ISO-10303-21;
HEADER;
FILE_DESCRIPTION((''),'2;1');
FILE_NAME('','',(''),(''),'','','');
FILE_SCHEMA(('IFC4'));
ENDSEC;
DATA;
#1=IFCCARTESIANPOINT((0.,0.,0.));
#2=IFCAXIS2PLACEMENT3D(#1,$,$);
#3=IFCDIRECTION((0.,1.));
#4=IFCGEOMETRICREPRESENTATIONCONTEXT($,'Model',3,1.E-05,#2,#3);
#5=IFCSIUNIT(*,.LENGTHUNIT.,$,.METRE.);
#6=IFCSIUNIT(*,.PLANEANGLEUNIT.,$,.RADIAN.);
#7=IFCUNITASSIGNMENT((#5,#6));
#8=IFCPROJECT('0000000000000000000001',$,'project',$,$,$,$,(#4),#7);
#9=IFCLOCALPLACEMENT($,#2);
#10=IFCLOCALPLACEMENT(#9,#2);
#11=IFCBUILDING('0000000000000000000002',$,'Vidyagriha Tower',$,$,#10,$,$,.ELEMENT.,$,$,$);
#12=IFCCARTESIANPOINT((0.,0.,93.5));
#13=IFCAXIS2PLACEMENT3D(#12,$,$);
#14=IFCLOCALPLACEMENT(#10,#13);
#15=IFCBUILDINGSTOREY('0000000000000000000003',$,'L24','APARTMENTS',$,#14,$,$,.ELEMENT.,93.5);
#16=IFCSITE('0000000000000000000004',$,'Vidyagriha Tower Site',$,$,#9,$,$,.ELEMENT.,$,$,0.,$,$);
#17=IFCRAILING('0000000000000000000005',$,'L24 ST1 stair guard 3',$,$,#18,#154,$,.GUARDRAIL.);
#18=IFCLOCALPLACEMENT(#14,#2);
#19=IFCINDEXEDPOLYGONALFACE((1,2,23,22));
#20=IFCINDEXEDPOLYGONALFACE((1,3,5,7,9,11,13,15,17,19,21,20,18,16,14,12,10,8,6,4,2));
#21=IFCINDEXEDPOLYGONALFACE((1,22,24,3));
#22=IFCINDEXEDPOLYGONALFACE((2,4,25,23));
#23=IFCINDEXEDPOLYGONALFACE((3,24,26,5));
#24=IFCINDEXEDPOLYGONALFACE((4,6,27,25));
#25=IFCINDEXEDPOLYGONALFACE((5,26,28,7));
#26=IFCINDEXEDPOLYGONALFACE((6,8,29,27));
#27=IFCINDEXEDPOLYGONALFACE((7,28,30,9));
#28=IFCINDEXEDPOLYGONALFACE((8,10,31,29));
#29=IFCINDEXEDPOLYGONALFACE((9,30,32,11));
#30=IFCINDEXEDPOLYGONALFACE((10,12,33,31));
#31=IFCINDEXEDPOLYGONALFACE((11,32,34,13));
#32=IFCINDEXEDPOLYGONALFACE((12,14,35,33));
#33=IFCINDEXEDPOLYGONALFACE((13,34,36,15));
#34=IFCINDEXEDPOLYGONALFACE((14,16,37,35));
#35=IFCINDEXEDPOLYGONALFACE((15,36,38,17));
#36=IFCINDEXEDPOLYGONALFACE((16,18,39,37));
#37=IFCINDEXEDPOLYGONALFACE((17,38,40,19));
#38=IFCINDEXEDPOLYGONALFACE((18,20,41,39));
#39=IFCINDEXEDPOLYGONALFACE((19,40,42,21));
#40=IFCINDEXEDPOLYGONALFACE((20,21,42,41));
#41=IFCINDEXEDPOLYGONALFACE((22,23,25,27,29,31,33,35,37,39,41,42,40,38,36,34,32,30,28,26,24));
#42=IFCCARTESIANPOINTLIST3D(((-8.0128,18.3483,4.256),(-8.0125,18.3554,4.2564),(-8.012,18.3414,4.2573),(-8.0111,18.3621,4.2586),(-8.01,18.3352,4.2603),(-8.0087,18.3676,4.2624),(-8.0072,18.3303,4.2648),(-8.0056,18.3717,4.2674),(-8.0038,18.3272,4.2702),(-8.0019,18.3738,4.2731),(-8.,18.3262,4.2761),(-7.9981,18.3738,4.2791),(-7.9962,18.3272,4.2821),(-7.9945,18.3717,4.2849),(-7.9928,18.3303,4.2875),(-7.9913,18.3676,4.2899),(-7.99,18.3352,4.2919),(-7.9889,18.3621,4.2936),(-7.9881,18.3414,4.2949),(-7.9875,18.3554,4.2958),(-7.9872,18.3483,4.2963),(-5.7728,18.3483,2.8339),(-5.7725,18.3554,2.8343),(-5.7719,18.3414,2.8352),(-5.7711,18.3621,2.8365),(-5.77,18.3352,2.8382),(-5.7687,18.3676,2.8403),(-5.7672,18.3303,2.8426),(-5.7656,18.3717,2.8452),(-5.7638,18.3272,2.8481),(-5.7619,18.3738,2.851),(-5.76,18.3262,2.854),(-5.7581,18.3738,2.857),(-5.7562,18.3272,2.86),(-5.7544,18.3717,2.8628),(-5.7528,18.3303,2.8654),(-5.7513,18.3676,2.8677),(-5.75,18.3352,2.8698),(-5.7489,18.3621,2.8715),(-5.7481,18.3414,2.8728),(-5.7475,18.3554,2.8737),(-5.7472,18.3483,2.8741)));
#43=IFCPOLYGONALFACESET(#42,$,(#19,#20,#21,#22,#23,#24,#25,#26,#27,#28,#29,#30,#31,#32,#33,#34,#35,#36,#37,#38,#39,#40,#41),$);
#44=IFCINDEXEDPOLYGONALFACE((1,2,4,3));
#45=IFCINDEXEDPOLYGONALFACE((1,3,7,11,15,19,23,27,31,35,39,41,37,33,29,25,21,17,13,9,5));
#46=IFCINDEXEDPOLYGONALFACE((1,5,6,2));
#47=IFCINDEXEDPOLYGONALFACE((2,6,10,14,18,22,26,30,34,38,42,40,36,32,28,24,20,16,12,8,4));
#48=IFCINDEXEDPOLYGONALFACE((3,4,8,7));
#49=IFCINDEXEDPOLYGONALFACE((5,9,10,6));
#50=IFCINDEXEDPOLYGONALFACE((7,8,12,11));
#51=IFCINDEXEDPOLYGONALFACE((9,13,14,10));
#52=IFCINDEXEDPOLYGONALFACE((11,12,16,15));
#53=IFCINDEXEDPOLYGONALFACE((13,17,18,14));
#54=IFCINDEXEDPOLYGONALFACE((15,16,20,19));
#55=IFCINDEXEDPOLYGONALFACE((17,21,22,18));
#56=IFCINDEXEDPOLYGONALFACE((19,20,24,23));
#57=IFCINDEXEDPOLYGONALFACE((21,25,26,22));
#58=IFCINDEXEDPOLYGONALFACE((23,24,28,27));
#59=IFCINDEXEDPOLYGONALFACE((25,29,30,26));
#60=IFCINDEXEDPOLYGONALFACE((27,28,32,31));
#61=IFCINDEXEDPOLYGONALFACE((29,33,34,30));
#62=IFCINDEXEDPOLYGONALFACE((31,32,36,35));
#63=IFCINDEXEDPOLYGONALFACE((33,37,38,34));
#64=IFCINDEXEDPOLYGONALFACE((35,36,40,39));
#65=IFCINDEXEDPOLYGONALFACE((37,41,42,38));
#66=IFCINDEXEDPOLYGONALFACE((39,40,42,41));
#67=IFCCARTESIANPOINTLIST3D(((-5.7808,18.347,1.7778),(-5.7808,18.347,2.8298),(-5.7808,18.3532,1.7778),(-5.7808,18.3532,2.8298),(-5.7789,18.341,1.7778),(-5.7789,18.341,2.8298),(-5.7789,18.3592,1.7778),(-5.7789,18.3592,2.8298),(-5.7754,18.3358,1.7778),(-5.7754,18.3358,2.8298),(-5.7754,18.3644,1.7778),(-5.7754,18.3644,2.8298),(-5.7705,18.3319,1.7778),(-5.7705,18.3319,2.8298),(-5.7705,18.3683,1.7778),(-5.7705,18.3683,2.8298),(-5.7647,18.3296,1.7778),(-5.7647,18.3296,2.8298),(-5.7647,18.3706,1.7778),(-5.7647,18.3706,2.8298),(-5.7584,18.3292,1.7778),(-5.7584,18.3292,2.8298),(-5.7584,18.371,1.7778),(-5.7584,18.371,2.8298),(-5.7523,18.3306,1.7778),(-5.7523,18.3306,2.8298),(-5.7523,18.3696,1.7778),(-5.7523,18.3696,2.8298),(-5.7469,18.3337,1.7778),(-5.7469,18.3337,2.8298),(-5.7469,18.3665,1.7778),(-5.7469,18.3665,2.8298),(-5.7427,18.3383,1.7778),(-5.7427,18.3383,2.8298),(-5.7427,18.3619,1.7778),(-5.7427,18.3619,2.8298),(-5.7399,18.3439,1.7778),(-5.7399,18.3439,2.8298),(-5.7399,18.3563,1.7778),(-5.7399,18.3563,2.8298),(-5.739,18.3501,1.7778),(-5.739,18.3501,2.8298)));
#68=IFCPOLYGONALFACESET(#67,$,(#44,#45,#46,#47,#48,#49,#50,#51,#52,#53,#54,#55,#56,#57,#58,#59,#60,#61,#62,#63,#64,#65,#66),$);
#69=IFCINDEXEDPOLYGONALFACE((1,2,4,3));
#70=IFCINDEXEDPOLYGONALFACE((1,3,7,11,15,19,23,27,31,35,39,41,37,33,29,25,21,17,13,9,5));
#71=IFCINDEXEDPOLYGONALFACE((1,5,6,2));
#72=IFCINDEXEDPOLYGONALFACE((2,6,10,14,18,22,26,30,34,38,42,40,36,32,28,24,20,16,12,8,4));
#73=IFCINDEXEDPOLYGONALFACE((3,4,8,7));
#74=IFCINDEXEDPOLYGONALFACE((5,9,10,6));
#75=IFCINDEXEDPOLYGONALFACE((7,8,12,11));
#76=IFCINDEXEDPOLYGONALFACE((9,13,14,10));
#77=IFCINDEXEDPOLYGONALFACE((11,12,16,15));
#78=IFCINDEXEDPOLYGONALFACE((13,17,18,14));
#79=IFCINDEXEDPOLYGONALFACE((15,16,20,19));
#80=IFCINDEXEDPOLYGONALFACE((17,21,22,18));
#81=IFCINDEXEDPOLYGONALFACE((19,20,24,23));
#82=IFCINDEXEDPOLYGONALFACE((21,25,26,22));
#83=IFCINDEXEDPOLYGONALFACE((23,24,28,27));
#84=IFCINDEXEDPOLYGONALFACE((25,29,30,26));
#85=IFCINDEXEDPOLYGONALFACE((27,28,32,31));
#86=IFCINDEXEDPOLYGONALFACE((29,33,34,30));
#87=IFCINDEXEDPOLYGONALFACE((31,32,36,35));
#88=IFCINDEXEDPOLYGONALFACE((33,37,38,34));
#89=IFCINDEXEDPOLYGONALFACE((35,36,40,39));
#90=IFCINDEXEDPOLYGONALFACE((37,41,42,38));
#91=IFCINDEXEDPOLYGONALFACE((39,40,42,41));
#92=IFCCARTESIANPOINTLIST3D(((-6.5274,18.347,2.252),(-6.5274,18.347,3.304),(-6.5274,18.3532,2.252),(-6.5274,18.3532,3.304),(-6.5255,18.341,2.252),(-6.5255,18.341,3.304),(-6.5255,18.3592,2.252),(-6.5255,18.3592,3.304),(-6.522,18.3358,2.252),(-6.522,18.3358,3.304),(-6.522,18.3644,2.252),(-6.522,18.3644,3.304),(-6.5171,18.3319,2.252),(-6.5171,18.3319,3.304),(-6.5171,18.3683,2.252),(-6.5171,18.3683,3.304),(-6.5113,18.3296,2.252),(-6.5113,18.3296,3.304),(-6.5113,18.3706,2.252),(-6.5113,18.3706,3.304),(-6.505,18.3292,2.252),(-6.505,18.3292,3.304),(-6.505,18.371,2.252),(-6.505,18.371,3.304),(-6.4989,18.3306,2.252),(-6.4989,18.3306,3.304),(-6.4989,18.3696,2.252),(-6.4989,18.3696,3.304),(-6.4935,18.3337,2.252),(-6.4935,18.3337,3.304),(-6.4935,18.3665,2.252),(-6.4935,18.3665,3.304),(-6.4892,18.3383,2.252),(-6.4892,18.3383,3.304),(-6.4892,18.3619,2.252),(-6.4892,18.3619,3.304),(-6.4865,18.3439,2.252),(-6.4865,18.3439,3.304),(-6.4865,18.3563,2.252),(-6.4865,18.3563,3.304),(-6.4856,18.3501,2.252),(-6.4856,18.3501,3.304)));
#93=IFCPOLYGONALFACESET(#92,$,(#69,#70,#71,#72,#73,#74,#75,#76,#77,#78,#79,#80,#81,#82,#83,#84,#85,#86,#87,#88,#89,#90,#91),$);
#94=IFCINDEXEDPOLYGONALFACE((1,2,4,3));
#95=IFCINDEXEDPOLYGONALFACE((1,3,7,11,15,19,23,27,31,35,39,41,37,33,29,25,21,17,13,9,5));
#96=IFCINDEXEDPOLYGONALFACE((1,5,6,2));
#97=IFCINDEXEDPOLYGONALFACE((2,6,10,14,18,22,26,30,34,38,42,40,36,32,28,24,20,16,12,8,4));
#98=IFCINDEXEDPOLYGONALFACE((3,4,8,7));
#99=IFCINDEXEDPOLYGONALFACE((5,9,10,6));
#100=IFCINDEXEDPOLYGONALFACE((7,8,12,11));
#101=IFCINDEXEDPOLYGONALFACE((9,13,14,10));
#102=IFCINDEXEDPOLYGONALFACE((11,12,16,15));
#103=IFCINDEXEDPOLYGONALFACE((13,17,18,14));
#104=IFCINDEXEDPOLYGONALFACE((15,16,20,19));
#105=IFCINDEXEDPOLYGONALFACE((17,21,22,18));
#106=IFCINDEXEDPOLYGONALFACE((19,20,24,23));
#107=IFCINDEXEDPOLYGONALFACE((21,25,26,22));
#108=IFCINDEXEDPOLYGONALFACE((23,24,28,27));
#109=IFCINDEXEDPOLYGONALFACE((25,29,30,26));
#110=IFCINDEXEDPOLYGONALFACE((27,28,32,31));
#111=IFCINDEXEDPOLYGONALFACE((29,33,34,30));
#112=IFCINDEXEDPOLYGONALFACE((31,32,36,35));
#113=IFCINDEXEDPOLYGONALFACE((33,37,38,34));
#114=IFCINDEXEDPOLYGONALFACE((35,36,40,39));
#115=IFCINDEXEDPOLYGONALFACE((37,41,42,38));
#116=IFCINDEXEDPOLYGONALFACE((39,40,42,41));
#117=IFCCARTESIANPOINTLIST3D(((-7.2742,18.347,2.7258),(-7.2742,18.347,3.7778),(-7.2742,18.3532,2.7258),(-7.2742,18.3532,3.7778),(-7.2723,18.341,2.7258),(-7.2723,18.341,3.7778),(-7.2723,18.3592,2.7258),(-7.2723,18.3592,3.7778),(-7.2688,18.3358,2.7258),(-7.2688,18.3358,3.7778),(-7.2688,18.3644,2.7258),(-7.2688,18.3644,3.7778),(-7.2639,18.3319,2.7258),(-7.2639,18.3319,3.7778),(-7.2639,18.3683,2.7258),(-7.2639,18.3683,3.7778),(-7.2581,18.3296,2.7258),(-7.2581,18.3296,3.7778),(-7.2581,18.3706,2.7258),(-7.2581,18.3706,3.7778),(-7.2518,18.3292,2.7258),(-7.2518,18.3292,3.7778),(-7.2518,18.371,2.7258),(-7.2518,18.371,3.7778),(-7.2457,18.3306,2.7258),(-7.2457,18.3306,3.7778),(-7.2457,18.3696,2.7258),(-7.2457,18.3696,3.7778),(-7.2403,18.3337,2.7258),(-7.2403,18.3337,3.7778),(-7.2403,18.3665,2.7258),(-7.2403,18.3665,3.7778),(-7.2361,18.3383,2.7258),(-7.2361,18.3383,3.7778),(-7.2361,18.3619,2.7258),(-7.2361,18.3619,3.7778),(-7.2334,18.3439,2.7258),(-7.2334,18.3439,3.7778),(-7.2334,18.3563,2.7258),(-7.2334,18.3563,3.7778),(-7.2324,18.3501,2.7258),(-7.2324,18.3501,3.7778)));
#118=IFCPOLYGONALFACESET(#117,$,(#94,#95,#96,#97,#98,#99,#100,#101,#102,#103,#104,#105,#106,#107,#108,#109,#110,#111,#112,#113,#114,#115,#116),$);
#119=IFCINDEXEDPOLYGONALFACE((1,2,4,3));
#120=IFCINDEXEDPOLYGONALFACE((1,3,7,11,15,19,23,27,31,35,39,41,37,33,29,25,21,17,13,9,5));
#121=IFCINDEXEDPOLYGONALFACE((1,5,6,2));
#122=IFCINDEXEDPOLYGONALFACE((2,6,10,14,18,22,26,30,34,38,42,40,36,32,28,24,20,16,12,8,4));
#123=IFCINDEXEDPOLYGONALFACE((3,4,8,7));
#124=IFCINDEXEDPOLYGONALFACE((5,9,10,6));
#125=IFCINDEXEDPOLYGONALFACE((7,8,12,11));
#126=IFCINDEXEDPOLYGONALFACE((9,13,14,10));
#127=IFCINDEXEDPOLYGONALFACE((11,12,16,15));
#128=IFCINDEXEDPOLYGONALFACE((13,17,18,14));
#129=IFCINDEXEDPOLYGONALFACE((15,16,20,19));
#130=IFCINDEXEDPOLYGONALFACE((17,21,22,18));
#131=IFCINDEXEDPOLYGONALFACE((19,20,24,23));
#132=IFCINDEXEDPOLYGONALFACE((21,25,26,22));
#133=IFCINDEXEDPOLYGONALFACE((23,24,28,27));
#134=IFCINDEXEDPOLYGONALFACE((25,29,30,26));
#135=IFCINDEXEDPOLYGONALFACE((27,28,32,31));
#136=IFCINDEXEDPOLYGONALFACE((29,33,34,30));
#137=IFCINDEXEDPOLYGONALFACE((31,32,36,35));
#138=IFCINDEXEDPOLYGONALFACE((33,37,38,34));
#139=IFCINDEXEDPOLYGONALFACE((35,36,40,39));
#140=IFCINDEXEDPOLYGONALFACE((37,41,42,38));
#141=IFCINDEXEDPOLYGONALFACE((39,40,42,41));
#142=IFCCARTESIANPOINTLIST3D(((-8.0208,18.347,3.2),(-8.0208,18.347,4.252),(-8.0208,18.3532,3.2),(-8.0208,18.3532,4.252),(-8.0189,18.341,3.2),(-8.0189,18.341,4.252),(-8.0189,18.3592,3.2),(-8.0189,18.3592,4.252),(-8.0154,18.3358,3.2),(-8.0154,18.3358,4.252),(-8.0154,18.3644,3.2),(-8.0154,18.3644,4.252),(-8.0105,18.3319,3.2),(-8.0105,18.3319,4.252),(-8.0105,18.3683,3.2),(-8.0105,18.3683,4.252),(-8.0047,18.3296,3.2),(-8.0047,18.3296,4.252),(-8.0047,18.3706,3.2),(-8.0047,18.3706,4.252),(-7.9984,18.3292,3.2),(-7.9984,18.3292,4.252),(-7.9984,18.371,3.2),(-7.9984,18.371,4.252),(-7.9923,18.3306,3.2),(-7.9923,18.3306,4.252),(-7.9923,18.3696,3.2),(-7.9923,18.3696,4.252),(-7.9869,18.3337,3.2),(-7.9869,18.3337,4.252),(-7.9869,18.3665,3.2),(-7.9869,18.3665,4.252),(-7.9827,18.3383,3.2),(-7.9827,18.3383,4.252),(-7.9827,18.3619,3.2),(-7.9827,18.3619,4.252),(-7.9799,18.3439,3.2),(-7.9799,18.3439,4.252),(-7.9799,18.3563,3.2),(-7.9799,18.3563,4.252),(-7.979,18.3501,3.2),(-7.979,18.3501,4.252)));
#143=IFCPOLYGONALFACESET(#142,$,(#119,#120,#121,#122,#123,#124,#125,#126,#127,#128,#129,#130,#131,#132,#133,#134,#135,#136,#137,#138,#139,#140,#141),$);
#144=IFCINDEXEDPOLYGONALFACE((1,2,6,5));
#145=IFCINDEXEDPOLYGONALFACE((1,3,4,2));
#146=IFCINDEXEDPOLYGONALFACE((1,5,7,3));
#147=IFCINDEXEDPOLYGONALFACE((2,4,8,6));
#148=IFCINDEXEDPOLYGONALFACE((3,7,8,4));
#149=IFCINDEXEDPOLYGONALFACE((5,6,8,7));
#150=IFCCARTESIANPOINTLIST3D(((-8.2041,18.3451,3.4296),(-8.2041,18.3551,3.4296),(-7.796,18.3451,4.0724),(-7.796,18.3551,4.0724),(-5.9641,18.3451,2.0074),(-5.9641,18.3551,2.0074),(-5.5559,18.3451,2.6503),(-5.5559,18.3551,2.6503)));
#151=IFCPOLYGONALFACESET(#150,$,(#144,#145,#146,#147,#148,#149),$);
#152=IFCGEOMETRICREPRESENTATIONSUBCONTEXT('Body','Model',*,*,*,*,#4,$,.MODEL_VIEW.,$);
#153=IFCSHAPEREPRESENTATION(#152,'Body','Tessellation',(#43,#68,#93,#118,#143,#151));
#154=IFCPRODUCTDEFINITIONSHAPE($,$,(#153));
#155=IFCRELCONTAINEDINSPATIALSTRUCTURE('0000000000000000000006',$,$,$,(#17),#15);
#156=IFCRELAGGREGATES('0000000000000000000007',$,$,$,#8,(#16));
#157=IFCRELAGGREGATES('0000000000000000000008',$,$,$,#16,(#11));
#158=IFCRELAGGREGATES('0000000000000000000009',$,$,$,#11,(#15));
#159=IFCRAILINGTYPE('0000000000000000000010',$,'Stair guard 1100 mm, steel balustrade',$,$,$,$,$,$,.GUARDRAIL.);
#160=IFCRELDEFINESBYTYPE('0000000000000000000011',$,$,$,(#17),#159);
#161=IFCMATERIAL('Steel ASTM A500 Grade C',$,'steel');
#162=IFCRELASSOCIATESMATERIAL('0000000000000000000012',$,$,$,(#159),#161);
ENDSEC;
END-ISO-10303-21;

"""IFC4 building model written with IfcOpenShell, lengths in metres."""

from ifc_helpers import new_model, si_unit, direction, frame, origin, origin_2d, place, context, subcontext, project, spatial, rectangle, circle, extrude, material, type_object, element, save


model = new_model("IFC4")

# Units and contexts
model_context = context("Model", 3, precision=1e-05, world=origin(), true_north=direction((0.0, 1.0)))
body_context = subcontext(model_context, "Body", "Model", "MODEL_VIEW")
ifc_project = project(units=[si_unit("LENGTHUNIT", "METRE"), si_unit("PLANEANGLEUNIT", "RADIAN")], contexts=[model_context])

# Site, building, storey
site_placement = place(None, origin())
site = spatial("IfcSite", under=ifc_project, at=site_placement, Name="Vidyagriha Tower Site", CompositionType="ELEMENT", RefElevation=0.0)
building_placement = place(site_placement, origin())
building = spatial("IfcBuilding", under=site, at=building_placement, Name="Vidyagriha Tower", CompositionType="ELEMENT")
storey_placement = place(building_placement, frame((0.0, 0.0, 93.5)))
storey = spatial("IfcBuildingStorey", under=building, at=storey_placement, Name="L24", Description="APARTMENTS", CompositionType="ELEMENT", Elevation=93.5)

# Railing
ifc_material_1 = material(Name="Steel ASTM A500 Grade C", Category="steel")
railing_type_1 = type_object("IfcRailingType", Name="Stair guard 1100 mm, steel balustrade", PredefinedType="GUARDRAIL", material=ifc_material_1)
railing_1_placement = place(storey_placement, frame((-5.76, 18.3501, 1.7778)))
element("IfcRailing", 1, at=railing_1_placement, inside=storey, type_object=railing_type_1, Name="L24 ST1 stair guard 3", PredefinedType="GUARDRAIL", context=body_context, shape_type="SweptSolid", body=[
    extrude(circle(Radius=0.0239, at=origin_2d()), frame((0.0, 0.0, 1.0762), z_axis=(-0.844229, 0.0, 0.535982), x_axis=(0.0, -1.0, 0.0)), (0.0, 0.0, 1.0), 2.6533),
    extrude(circle(Radius=0.021, at=origin_2d()), origin(), (0.0, 0.0, 1.0), 1.052),
    extrude(circle(Radius=0.021, at=origin_2d()), frame((-0.7466, 0.0, 0.4741)), (0.0, 0.0, 1.0), 1.052),
    extrude(circle(Radius=0.021, at=origin_2d()), frame((-1.4934, 0.0, 0.948)), (0.0, 0.0, 1.0), 1.052),
    extrude(circle(Radius=0.021, at=origin_2d()), frame((-2.24, 0.0, 1.4221)), (0.0, 0.0, 1.0), 1.052),
    extrude(rectangle(XDim=0.01, YDim=0.7615, at=origin_2d()), frame((0.0, 0.0, 0.551), z_axis=(-0.844229, 0.0, 0.535982), x_axis=(0.0, -1.0, 0.0)), (0.0, 0.0, 1.0), 2.6533),
])

save(model, "model.ifc")
